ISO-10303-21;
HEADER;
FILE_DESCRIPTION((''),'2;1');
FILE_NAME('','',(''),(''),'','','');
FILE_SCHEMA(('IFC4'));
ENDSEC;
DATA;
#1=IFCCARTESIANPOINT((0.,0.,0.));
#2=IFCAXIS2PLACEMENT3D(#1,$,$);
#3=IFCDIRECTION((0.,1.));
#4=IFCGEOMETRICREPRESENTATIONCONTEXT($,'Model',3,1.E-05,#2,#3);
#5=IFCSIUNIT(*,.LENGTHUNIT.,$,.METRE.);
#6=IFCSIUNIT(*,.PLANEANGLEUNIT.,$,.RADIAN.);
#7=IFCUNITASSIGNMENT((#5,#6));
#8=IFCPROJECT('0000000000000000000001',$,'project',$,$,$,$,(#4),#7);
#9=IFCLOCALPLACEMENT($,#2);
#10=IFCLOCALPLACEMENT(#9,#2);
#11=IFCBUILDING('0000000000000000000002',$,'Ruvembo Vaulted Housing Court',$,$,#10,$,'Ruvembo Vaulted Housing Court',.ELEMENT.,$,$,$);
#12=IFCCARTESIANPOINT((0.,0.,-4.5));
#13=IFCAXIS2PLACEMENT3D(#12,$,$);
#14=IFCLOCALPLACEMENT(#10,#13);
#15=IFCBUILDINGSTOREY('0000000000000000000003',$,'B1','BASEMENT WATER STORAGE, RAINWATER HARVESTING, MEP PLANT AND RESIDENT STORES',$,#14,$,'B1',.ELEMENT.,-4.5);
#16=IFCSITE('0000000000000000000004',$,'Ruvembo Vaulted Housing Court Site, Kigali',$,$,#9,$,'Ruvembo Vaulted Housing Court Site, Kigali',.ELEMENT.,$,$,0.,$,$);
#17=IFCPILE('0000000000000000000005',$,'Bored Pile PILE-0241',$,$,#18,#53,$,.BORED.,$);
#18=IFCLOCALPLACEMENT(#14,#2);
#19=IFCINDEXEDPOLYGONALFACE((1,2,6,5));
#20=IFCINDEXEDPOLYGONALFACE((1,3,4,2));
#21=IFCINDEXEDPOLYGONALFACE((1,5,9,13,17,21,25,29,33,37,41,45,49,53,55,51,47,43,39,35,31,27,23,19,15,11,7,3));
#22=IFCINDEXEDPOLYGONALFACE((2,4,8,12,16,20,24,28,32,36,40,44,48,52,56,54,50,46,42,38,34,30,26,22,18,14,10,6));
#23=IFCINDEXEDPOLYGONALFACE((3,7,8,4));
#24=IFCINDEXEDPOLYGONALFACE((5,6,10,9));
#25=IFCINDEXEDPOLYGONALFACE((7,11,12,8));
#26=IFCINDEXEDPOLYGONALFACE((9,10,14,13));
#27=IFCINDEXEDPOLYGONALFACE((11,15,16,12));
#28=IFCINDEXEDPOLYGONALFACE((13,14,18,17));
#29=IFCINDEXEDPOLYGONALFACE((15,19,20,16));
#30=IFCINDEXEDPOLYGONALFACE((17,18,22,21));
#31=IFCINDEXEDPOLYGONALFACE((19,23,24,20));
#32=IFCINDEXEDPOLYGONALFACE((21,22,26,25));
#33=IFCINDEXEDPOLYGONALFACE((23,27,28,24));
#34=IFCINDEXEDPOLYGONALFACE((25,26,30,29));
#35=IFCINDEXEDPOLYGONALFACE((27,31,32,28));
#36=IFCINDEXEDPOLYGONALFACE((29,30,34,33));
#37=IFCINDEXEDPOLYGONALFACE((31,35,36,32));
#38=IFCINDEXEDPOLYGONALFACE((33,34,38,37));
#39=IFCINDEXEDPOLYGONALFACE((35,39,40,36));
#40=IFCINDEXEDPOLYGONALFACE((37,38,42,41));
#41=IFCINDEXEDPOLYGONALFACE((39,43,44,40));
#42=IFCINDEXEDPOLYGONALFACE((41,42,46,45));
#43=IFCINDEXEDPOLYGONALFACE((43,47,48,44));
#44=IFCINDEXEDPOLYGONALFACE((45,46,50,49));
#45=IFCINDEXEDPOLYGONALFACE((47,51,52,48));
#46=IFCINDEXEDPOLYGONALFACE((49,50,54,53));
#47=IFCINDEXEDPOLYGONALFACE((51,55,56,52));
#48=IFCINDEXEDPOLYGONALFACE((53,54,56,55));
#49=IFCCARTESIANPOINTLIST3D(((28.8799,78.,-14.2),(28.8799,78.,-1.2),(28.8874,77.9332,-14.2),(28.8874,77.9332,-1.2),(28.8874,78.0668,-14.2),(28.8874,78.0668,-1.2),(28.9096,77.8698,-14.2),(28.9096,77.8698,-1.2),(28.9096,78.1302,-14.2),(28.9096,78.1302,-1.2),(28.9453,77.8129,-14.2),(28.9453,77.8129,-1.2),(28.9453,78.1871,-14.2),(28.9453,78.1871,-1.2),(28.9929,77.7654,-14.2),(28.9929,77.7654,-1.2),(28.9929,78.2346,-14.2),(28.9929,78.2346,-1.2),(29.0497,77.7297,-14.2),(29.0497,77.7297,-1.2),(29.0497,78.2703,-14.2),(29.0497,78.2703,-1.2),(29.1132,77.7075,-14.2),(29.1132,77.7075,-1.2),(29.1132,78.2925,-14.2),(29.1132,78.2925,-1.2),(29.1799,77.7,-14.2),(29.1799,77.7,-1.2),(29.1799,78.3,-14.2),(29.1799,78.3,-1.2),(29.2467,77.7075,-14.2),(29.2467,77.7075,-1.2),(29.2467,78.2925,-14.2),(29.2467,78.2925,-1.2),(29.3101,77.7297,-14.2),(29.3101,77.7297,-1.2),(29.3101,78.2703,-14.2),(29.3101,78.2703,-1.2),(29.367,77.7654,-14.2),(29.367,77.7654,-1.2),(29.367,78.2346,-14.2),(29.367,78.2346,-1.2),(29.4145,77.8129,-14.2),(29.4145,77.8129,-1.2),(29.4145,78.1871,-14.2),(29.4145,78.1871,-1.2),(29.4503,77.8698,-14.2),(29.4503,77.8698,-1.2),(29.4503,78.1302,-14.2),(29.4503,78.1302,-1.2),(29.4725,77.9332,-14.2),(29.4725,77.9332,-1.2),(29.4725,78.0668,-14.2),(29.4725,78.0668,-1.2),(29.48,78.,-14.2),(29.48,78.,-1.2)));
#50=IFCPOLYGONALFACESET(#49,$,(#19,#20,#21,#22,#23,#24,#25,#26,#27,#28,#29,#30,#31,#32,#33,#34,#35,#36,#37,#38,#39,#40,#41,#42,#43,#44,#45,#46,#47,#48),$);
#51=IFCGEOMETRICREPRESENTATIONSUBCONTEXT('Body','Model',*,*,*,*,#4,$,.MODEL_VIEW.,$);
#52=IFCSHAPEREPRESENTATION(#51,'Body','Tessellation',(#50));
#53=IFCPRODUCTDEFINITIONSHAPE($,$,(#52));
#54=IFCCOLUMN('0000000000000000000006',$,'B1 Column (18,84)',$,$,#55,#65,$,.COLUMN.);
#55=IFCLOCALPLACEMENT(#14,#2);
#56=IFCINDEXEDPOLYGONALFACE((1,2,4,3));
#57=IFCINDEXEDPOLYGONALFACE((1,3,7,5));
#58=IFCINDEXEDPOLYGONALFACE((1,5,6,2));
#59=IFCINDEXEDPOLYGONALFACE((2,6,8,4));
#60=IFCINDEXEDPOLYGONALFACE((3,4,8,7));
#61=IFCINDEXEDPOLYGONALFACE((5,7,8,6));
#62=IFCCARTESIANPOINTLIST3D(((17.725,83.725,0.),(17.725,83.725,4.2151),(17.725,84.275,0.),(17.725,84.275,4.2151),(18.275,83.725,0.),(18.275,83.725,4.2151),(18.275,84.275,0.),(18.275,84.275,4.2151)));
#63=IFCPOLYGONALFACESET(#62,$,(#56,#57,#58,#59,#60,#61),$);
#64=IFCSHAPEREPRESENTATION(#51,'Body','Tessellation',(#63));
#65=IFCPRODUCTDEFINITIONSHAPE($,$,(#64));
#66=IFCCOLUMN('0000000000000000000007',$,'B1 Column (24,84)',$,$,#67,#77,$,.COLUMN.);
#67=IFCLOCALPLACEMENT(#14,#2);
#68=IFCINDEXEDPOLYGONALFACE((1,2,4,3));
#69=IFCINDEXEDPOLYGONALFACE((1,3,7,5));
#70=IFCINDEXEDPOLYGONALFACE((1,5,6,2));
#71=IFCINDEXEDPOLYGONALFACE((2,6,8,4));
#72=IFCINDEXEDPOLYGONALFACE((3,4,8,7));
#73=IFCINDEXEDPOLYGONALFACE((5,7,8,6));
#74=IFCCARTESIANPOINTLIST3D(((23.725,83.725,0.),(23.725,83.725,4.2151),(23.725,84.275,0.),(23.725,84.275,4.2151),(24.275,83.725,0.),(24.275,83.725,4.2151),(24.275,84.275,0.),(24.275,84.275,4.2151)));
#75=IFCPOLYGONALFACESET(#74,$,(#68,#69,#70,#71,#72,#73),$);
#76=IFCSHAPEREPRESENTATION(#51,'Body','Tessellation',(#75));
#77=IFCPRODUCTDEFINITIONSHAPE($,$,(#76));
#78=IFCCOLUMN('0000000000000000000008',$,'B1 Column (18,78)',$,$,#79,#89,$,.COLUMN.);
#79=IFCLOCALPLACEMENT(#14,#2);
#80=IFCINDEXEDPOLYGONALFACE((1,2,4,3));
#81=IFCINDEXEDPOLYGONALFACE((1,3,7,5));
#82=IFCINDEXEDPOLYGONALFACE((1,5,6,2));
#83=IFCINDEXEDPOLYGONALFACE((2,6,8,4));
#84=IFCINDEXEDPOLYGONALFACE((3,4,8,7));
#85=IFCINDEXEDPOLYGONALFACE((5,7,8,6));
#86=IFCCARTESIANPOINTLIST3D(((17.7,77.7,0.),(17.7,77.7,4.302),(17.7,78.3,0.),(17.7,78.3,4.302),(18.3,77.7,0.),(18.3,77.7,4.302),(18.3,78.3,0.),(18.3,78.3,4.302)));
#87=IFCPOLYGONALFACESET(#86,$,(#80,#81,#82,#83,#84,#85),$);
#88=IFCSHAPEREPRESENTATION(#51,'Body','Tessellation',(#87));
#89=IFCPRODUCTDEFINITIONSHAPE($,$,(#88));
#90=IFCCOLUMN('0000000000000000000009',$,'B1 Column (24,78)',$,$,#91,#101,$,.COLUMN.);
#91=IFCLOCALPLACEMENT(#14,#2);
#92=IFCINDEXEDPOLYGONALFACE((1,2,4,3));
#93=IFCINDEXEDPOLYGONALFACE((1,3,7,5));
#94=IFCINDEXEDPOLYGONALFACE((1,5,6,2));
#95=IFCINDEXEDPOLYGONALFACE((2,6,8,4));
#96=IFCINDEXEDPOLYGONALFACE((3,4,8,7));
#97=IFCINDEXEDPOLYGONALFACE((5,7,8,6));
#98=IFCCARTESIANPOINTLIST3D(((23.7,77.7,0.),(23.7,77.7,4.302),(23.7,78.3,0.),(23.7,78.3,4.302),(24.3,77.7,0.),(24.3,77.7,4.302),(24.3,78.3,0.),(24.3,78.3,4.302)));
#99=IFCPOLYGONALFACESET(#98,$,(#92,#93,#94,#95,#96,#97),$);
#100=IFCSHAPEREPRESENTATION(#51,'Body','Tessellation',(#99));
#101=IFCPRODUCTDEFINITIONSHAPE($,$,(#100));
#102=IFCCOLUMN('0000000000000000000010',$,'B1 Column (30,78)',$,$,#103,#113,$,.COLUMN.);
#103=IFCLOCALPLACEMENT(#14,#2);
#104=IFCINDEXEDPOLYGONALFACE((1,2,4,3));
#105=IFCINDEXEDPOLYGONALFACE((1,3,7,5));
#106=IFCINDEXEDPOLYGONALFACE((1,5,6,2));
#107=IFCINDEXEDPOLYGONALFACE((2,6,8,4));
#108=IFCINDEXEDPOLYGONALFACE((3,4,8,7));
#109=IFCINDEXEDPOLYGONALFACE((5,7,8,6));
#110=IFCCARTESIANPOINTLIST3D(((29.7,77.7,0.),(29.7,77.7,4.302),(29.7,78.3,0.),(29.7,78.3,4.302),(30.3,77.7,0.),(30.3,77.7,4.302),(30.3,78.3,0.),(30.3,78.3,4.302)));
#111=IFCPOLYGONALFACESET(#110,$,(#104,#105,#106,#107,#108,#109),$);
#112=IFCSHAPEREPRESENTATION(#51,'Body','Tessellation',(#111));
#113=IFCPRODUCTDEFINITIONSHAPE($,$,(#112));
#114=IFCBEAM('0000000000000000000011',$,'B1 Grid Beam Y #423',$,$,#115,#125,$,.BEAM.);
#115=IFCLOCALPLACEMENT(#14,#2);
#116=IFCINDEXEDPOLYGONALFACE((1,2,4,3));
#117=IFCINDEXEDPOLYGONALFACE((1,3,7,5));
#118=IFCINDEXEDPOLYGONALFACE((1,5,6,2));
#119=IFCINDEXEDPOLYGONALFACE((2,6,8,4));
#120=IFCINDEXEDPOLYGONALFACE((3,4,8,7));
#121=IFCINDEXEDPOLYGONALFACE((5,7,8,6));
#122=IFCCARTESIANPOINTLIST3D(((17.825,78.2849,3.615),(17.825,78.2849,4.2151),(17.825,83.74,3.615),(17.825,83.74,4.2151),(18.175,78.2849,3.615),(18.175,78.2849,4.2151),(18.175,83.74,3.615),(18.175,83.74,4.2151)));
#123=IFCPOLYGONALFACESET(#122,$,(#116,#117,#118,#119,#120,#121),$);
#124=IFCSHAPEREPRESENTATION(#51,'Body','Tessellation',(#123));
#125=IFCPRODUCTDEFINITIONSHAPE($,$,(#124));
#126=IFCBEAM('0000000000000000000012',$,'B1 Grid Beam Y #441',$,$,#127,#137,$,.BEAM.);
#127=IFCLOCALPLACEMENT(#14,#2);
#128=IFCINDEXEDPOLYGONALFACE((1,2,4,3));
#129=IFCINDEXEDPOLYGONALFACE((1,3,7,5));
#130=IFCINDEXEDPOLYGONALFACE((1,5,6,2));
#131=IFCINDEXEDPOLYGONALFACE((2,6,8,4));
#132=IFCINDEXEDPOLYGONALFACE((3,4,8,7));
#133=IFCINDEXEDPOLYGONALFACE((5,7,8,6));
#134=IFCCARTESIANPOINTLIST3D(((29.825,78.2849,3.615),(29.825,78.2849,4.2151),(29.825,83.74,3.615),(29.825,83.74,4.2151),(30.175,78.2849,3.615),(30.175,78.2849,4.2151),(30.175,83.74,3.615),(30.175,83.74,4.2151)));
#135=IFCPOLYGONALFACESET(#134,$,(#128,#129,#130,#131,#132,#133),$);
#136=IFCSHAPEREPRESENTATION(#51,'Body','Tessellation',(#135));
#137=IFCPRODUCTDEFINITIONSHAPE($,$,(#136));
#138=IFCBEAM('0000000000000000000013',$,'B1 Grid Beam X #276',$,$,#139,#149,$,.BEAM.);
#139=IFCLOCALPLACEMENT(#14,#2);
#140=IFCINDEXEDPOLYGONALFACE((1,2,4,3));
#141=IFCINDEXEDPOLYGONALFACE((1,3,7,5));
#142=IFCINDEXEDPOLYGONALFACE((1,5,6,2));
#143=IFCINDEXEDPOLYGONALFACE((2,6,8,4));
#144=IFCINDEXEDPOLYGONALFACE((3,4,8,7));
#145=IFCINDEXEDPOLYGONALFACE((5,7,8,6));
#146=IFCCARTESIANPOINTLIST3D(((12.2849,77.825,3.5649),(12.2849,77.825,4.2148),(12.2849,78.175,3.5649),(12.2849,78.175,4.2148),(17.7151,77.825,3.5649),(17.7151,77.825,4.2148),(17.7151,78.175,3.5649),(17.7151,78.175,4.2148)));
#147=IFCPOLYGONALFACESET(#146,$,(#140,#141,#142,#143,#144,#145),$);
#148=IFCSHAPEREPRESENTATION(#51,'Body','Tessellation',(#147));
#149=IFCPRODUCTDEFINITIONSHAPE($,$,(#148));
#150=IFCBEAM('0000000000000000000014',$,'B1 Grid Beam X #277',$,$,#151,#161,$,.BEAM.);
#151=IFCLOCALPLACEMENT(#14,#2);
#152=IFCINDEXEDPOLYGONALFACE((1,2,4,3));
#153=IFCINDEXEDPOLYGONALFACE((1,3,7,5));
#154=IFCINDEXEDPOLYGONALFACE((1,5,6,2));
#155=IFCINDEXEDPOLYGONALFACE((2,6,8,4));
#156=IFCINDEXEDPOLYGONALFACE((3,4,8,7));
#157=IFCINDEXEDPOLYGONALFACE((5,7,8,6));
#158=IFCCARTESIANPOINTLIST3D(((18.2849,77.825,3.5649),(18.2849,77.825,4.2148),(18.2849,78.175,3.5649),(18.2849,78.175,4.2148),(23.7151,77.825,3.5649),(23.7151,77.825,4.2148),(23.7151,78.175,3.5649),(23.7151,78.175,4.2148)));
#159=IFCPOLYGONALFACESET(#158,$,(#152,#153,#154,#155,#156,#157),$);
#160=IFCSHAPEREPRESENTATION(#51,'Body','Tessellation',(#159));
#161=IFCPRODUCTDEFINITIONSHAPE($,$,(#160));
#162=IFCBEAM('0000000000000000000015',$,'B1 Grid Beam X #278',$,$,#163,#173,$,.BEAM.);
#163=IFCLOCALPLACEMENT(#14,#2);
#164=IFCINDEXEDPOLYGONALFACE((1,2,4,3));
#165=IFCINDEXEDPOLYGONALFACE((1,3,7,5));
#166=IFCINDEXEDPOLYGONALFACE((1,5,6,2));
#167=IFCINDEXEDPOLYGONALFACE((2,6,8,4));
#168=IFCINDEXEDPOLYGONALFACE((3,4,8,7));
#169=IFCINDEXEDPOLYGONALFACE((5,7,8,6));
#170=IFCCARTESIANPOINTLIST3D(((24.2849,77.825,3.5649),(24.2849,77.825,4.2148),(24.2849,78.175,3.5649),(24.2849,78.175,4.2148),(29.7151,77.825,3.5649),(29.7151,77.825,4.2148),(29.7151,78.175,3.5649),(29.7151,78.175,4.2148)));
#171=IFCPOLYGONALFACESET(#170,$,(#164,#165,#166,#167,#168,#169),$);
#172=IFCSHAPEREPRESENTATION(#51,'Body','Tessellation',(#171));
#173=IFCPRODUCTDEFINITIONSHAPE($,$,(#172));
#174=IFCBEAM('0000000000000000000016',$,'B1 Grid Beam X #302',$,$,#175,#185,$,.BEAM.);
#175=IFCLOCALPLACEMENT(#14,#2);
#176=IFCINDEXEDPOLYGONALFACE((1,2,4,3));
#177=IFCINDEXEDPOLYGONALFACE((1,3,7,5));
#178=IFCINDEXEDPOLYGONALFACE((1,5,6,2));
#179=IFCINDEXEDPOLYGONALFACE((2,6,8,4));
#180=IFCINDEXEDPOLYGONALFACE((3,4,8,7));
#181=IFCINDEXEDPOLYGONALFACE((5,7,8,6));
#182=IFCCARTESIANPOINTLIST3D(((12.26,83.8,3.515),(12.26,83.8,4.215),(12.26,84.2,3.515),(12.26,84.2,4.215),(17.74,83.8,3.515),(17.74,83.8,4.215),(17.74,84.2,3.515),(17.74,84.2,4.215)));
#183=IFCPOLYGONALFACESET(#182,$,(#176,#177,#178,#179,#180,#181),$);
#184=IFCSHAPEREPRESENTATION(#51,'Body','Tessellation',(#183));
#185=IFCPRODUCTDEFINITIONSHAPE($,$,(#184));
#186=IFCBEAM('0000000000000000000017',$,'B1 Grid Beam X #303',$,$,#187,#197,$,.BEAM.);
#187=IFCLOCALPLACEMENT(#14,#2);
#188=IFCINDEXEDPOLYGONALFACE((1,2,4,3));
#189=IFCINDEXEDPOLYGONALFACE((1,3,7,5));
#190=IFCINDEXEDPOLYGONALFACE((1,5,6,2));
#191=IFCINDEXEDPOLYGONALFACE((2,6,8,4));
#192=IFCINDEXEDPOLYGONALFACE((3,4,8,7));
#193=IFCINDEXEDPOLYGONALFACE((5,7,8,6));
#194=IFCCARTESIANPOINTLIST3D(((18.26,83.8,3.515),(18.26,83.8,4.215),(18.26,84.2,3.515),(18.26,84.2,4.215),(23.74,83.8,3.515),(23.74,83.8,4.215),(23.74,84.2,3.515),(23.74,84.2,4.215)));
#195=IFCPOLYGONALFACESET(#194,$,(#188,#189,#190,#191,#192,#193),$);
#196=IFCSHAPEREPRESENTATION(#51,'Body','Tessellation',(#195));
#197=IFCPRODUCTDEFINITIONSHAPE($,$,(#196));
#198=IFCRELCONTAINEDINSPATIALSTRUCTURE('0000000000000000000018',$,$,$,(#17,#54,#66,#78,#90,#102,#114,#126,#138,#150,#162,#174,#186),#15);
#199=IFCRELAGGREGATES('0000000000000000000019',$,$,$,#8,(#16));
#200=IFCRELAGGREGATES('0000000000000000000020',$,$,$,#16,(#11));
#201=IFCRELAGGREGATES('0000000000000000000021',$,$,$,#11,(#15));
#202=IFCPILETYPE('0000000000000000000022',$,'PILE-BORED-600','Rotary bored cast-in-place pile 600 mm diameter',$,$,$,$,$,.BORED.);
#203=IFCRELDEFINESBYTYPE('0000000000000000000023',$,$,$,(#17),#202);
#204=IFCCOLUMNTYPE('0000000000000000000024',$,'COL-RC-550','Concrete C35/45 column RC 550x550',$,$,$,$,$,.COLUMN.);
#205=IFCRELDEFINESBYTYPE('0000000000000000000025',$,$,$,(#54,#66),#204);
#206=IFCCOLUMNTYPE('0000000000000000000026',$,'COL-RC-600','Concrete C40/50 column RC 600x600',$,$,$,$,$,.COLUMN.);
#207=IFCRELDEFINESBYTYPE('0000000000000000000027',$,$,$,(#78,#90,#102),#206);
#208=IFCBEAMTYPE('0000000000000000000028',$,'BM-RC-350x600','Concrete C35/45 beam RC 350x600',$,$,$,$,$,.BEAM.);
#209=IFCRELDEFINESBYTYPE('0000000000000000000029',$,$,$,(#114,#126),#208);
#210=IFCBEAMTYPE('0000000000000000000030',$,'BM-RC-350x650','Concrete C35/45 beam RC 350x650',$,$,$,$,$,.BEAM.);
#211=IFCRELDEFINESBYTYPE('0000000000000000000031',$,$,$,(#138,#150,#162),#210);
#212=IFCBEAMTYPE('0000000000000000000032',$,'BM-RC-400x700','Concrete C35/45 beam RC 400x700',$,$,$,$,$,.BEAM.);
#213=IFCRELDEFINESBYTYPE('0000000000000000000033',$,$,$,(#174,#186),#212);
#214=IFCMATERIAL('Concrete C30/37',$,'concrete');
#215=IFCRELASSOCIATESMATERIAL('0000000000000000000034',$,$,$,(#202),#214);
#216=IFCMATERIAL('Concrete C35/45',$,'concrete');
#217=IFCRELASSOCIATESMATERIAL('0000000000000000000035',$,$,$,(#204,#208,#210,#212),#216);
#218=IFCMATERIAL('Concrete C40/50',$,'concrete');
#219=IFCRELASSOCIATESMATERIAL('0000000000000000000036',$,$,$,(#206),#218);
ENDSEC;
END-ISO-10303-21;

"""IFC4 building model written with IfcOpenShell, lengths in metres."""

from ifc_helpers import new_model, si_unit, direction, frame, origin, origin_2d, place, context, subcontext, project, spatial, rectangle, circle, extrude, material, material_profile, profile_set, type_object, element, save


model = new_model("IFC4")

# Units and contexts
model_context = context("Model", 3, precision=1e-05, world=origin(), true_north=direction((0.0, 1.0)))
body_context = subcontext(model_context, "Body", "Model", "MODEL_VIEW")
ifc_project = project(units=[si_unit("LENGTHUNIT", "METRE"), si_unit("PLANEANGLEUNIT", "RADIAN")], contexts=[model_context])

# Site, building, storey
site_placement = place(None, origin())
site = spatial("IfcSite", under=ifc_project, at=site_placement, Name="Ruvembo Vaulted Housing Court Site, Kigali", LongName="Ruvembo Vaulted Housing Court Site, Kigali", CompositionType="ELEMENT", RefElevation=0.0)
building_placement = place(site_placement, origin())
building = spatial("IfcBuilding", under=site, at=building_placement, Name="Ruvembo Vaulted Housing Court", LongName="Ruvembo Vaulted Housing Court", CompositionType="ELEMENT")
storey_placement = place(building_placement, frame((0.0, 0.0, -4.5)))
storey = spatial("IfcBuildingStorey", under=building, at=storey_placement, Name="B1", Description="BASEMENT WATER STORAGE, RAINWATER HARVESTING, MEP PLANT AND RESIDENT STORES", LongName="B1", CompositionType="ELEMENT", Elevation=-4.5)

# Shared definitions
ifc_material_1 = material(Name="Concrete C35/45", Category="concrete")

# Pile
ifc_material_2 = material(Name="Concrete C30/37", Category="concrete")
ifc_material_profile_1 = material_profile(ifc_material_2, circle(Radius=0.3, at=origin_2d()), Name="PILE D600")
ifc_profile_set_1 = profile_set([ifc_material_profile_1], Name="Concrete C30/37")
pile_type = type_object("IfcPileType", Name="PILE-BORED-600", Description="Rotary bored cast-in-place pile 600 mm diameter", PredefinedType="BORED", material=ifc_profile_set_1)
for number, where, z_axis, x_axis, name in (
    (1, (29.1799, 78.0, -1.2), (0.0, 0.0, -1.0), (1.0, 0.0, 0.0), "Bored Pile PILE-0241"),
):
    element("IfcPile", number, at=place(storey_placement, frame(where, z_axis=z_axis, x_axis=x_axis)), inside=storey, type_object=pile_type, Name=name, PredefinedType="BORED", context=body_context, shape_type="SweptSolid", body=[
        extrude(circle(Radius=0.3, at=origin_2d()), origin(), (0.0, 0.0, 1.0), 13.0),
    ])

# Columns
ifc_material_profile_2 = material_profile(ifc_material_1, rectangle(XDim=0.55, YDim=0.55, at=origin_2d()), Name="RC 550x550")
ifc_profile_set_2 = profile_set([ifc_material_profile_2], Name="Concrete C35/45")
column_type_1 = type_object("IfcColumnType", Name="COL-RC-550", Description="Concrete C35/45 column RC 550x550", PredefinedType="COLUMN", material=ifc_profile_set_2)
for number, where, z_axis, x_axis, name in (
    (2, (18.0, 84.0, 0.0), (0.0, 0.0, 1.0), (1.0, 0.0, 0.0), "B1 Column (18,84)"),
    (3, (24.0, 84.0, 0.0), (0.0, 0.0, 1.0), (1.0, 0.0, 0.0), "B1 Column (24,84)"),
):
    element("IfcColumn", number, at=place(storey_placement, frame(where, z_axis=z_axis, x_axis=x_axis)), inside=storey, type_object=column_type_1, Name=name, PredefinedType="COLUMN", context=body_context, shape_type="SweptSolid", body=[
        extrude(rectangle(XDim=0.55, YDim=0.55, at=origin_2d()), origin(), (0.0, 0.0, 1.0), 4.2151),
    ])
ifc_material_3 = material(Name="Concrete C40/50", Category="concrete")
ifc_material_profile_3 = material_profile(ifc_material_3, rectangle(XDim=0.6001, YDim=0.6001, at=origin_2d()), Name="RC 600x600")
ifc_profile_set_3 = profile_set([ifc_material_profile_3], Name="Concrete C40/50")
column_type_2 = type_object("IfcColumnType", Name="COL-RC-600", Description="Concrete C40/50 column RC 600x600", PredefinedType="COLUMN", material=ifc_profile_set_3)
for number, where, z_axis, x_axis, name in (
    (4, (18.0, 78.0, 0.0), (0.0, 0.0, 1.0), (1.0, 0.0, 0.0), "B1 Column (18,78)"),
    (5, (24.0, 78.0, 0.0), (0.0, 0.0, 1.0), (1.0, 0.0, 0.0), "B1 Column (24,78)"),
    (6, (30.0, 78.0, 0.0), (0.0, 0.0, 1.0), (1.0, 0.0, 0.0), "B1 Column (30,78)"),
):
    element("IfcColumn", number, at=place(storey_placement, frame(where, z_axis=z_axis, x_axis=x_axis)), inside=storey, type_object=column_type_2, Name=name, PredefinedType="COLUMN", context=body_context, shape_type="SweptSolid", body=[
        extrude(rectangle(XDim=0.6001, YDim=0.6001, at=origin_2d()), origin(), (0.0, 0.0, 1.0), 4.302),
    ])

# Beams
ifc_material_profile_4 = material_profile(ifc_material_1, rectangle(XDim=0.3501, YDim=0.6001, at=origin_2d()), Name="RC 350x600")
ifc_profile_set_4 = profile_set([ifc_material_profile_4], Name="Concrete C35/45")
beam_type_1 = type_object("IfcBeamType", Name="BM-RC-350x600", Description="Concrete C35/45 beam RC 350x600", PredefinedType="BEAM", material=ifc_profile_set_4)
for number, where, z_axis, x_axis, name in (
    (7, (18.0, 78.2849, 3.915), (0.0, 1.0, 0.0), (-1.0, 0.0, 0.0), "B1 Grid Beam Y #423"),
    (8, (30.0, 78.2849, 3.915), (0.0, 1.0, 0.0), (-1.0, 0.0, 0.0), "B1 Grid Beam Y #441"),
):
    element("IfcBeam", number, at=place(storey_placement, frame(where, z_axis=z_axis, x_axis=x_axis)), inside=storey, type_object=beam_type_1, Name=name, PredefinedType="BEAM", context=body_context, shape_type="SweptSolid", body=[
        extrude(rectangle(XDim=0.3501, YDim=0.6001, at=origin_2d()), origin(), (0.0, 0.0, 1.0), 5.4551),
    ])
ifc_material_profile_5 = material_profile(ifc_material_1, rectangle(XDim=0.3501, YDim=0.6499, at=origin_2d()), Name="RC 350x650")
ifc_profile_set_5 = profile_set([ifc_material_profile_5], Name="Concrete C35/45")
beam_type_2 = type_object("IfcBeamType", Name="BM-RC-350x650", Description="Concrete C35/45 beam RC 350x650", PredefinedType="BEAM", material=ifc_profile_set_5)
for number, where, z_axis, x_axis, name in (
    (9, (12.2849, 78.0, 3.8899), (1.0, 0.0, 0.0), (0.0, 1.0, 0.0), "B1 Grid Beam X #276"),
    (10, (18.2849, 78.0, 3.8899), (1.0, 0.0, 0.0), (0.0, 1.0, 0.0), "B1 Grid Beam X #277"),
    (11, (24.2849, 78.0, 3.8899), (1.0, 0.0, 0.0), (0.0, 1.0, 0.0), "B1 Grid Beam X #278"),
):
    element("IfcBeam", number, at=place(storey_placement, frame(where, z_axis=z_axis, x_axis=x_axis)), inside=storey, type_object=beam_type_2, Name=name, PredefinedType="BEAM", context=body_context, shape_type="SweptSolid", body=[
        extrude(rectangle(XDim=0.3501, YDim=0.6499, at=origin_2d()), origin(), (0.0, 0.0, 1.0), 5.4302),
    ])
ifc_material_profile_6 = material_profile(ifc_material_1, rectangle(XDim=0.3999, YDim=0.7, at=origin_2d()), Name="RC 400x700")
ifc_profile_set_6 = profile_set([ifc_material_profile_6], Name="Concrete C35/45")
beam_type_3 = type_object("IfcBeamType", Name="BM-RC-400x700", Description="Concrete C35/45 beam RC 400x700", PredefinedType="BEAM", material=ifc_profile_set_6)
for number, where, z_axis, x_axis, name in (
    (12, (12.26, 84.0, 3.865), (1.0, 0.0, 0.0), (0.0, 1.0, 0.0), "B1 Grid Beam X #302"),
    (13, (18.26, 84.0, 3.865), (1.0, 0.0, 0.0), (0.0, 1.0, 0.0), "B1 Grid Beam X #303"),
):
    element("IfcBeam", number, at=place(storey_placement, frame(where, z_axis=z_axis, x_axis=x_axis)), inside=storey, type_object=beam_type_3, Name=name, PredefinedType="BEAM", context=body_context, shape_type="SweptSolid", body=[
        extrude(rectangle(XDim=0.3999, YDim=0.7, at=origin_2d()), origin(), (0.0, 0.0, 1.0), 5.48),
    ])

save(model, "model.ifc")
